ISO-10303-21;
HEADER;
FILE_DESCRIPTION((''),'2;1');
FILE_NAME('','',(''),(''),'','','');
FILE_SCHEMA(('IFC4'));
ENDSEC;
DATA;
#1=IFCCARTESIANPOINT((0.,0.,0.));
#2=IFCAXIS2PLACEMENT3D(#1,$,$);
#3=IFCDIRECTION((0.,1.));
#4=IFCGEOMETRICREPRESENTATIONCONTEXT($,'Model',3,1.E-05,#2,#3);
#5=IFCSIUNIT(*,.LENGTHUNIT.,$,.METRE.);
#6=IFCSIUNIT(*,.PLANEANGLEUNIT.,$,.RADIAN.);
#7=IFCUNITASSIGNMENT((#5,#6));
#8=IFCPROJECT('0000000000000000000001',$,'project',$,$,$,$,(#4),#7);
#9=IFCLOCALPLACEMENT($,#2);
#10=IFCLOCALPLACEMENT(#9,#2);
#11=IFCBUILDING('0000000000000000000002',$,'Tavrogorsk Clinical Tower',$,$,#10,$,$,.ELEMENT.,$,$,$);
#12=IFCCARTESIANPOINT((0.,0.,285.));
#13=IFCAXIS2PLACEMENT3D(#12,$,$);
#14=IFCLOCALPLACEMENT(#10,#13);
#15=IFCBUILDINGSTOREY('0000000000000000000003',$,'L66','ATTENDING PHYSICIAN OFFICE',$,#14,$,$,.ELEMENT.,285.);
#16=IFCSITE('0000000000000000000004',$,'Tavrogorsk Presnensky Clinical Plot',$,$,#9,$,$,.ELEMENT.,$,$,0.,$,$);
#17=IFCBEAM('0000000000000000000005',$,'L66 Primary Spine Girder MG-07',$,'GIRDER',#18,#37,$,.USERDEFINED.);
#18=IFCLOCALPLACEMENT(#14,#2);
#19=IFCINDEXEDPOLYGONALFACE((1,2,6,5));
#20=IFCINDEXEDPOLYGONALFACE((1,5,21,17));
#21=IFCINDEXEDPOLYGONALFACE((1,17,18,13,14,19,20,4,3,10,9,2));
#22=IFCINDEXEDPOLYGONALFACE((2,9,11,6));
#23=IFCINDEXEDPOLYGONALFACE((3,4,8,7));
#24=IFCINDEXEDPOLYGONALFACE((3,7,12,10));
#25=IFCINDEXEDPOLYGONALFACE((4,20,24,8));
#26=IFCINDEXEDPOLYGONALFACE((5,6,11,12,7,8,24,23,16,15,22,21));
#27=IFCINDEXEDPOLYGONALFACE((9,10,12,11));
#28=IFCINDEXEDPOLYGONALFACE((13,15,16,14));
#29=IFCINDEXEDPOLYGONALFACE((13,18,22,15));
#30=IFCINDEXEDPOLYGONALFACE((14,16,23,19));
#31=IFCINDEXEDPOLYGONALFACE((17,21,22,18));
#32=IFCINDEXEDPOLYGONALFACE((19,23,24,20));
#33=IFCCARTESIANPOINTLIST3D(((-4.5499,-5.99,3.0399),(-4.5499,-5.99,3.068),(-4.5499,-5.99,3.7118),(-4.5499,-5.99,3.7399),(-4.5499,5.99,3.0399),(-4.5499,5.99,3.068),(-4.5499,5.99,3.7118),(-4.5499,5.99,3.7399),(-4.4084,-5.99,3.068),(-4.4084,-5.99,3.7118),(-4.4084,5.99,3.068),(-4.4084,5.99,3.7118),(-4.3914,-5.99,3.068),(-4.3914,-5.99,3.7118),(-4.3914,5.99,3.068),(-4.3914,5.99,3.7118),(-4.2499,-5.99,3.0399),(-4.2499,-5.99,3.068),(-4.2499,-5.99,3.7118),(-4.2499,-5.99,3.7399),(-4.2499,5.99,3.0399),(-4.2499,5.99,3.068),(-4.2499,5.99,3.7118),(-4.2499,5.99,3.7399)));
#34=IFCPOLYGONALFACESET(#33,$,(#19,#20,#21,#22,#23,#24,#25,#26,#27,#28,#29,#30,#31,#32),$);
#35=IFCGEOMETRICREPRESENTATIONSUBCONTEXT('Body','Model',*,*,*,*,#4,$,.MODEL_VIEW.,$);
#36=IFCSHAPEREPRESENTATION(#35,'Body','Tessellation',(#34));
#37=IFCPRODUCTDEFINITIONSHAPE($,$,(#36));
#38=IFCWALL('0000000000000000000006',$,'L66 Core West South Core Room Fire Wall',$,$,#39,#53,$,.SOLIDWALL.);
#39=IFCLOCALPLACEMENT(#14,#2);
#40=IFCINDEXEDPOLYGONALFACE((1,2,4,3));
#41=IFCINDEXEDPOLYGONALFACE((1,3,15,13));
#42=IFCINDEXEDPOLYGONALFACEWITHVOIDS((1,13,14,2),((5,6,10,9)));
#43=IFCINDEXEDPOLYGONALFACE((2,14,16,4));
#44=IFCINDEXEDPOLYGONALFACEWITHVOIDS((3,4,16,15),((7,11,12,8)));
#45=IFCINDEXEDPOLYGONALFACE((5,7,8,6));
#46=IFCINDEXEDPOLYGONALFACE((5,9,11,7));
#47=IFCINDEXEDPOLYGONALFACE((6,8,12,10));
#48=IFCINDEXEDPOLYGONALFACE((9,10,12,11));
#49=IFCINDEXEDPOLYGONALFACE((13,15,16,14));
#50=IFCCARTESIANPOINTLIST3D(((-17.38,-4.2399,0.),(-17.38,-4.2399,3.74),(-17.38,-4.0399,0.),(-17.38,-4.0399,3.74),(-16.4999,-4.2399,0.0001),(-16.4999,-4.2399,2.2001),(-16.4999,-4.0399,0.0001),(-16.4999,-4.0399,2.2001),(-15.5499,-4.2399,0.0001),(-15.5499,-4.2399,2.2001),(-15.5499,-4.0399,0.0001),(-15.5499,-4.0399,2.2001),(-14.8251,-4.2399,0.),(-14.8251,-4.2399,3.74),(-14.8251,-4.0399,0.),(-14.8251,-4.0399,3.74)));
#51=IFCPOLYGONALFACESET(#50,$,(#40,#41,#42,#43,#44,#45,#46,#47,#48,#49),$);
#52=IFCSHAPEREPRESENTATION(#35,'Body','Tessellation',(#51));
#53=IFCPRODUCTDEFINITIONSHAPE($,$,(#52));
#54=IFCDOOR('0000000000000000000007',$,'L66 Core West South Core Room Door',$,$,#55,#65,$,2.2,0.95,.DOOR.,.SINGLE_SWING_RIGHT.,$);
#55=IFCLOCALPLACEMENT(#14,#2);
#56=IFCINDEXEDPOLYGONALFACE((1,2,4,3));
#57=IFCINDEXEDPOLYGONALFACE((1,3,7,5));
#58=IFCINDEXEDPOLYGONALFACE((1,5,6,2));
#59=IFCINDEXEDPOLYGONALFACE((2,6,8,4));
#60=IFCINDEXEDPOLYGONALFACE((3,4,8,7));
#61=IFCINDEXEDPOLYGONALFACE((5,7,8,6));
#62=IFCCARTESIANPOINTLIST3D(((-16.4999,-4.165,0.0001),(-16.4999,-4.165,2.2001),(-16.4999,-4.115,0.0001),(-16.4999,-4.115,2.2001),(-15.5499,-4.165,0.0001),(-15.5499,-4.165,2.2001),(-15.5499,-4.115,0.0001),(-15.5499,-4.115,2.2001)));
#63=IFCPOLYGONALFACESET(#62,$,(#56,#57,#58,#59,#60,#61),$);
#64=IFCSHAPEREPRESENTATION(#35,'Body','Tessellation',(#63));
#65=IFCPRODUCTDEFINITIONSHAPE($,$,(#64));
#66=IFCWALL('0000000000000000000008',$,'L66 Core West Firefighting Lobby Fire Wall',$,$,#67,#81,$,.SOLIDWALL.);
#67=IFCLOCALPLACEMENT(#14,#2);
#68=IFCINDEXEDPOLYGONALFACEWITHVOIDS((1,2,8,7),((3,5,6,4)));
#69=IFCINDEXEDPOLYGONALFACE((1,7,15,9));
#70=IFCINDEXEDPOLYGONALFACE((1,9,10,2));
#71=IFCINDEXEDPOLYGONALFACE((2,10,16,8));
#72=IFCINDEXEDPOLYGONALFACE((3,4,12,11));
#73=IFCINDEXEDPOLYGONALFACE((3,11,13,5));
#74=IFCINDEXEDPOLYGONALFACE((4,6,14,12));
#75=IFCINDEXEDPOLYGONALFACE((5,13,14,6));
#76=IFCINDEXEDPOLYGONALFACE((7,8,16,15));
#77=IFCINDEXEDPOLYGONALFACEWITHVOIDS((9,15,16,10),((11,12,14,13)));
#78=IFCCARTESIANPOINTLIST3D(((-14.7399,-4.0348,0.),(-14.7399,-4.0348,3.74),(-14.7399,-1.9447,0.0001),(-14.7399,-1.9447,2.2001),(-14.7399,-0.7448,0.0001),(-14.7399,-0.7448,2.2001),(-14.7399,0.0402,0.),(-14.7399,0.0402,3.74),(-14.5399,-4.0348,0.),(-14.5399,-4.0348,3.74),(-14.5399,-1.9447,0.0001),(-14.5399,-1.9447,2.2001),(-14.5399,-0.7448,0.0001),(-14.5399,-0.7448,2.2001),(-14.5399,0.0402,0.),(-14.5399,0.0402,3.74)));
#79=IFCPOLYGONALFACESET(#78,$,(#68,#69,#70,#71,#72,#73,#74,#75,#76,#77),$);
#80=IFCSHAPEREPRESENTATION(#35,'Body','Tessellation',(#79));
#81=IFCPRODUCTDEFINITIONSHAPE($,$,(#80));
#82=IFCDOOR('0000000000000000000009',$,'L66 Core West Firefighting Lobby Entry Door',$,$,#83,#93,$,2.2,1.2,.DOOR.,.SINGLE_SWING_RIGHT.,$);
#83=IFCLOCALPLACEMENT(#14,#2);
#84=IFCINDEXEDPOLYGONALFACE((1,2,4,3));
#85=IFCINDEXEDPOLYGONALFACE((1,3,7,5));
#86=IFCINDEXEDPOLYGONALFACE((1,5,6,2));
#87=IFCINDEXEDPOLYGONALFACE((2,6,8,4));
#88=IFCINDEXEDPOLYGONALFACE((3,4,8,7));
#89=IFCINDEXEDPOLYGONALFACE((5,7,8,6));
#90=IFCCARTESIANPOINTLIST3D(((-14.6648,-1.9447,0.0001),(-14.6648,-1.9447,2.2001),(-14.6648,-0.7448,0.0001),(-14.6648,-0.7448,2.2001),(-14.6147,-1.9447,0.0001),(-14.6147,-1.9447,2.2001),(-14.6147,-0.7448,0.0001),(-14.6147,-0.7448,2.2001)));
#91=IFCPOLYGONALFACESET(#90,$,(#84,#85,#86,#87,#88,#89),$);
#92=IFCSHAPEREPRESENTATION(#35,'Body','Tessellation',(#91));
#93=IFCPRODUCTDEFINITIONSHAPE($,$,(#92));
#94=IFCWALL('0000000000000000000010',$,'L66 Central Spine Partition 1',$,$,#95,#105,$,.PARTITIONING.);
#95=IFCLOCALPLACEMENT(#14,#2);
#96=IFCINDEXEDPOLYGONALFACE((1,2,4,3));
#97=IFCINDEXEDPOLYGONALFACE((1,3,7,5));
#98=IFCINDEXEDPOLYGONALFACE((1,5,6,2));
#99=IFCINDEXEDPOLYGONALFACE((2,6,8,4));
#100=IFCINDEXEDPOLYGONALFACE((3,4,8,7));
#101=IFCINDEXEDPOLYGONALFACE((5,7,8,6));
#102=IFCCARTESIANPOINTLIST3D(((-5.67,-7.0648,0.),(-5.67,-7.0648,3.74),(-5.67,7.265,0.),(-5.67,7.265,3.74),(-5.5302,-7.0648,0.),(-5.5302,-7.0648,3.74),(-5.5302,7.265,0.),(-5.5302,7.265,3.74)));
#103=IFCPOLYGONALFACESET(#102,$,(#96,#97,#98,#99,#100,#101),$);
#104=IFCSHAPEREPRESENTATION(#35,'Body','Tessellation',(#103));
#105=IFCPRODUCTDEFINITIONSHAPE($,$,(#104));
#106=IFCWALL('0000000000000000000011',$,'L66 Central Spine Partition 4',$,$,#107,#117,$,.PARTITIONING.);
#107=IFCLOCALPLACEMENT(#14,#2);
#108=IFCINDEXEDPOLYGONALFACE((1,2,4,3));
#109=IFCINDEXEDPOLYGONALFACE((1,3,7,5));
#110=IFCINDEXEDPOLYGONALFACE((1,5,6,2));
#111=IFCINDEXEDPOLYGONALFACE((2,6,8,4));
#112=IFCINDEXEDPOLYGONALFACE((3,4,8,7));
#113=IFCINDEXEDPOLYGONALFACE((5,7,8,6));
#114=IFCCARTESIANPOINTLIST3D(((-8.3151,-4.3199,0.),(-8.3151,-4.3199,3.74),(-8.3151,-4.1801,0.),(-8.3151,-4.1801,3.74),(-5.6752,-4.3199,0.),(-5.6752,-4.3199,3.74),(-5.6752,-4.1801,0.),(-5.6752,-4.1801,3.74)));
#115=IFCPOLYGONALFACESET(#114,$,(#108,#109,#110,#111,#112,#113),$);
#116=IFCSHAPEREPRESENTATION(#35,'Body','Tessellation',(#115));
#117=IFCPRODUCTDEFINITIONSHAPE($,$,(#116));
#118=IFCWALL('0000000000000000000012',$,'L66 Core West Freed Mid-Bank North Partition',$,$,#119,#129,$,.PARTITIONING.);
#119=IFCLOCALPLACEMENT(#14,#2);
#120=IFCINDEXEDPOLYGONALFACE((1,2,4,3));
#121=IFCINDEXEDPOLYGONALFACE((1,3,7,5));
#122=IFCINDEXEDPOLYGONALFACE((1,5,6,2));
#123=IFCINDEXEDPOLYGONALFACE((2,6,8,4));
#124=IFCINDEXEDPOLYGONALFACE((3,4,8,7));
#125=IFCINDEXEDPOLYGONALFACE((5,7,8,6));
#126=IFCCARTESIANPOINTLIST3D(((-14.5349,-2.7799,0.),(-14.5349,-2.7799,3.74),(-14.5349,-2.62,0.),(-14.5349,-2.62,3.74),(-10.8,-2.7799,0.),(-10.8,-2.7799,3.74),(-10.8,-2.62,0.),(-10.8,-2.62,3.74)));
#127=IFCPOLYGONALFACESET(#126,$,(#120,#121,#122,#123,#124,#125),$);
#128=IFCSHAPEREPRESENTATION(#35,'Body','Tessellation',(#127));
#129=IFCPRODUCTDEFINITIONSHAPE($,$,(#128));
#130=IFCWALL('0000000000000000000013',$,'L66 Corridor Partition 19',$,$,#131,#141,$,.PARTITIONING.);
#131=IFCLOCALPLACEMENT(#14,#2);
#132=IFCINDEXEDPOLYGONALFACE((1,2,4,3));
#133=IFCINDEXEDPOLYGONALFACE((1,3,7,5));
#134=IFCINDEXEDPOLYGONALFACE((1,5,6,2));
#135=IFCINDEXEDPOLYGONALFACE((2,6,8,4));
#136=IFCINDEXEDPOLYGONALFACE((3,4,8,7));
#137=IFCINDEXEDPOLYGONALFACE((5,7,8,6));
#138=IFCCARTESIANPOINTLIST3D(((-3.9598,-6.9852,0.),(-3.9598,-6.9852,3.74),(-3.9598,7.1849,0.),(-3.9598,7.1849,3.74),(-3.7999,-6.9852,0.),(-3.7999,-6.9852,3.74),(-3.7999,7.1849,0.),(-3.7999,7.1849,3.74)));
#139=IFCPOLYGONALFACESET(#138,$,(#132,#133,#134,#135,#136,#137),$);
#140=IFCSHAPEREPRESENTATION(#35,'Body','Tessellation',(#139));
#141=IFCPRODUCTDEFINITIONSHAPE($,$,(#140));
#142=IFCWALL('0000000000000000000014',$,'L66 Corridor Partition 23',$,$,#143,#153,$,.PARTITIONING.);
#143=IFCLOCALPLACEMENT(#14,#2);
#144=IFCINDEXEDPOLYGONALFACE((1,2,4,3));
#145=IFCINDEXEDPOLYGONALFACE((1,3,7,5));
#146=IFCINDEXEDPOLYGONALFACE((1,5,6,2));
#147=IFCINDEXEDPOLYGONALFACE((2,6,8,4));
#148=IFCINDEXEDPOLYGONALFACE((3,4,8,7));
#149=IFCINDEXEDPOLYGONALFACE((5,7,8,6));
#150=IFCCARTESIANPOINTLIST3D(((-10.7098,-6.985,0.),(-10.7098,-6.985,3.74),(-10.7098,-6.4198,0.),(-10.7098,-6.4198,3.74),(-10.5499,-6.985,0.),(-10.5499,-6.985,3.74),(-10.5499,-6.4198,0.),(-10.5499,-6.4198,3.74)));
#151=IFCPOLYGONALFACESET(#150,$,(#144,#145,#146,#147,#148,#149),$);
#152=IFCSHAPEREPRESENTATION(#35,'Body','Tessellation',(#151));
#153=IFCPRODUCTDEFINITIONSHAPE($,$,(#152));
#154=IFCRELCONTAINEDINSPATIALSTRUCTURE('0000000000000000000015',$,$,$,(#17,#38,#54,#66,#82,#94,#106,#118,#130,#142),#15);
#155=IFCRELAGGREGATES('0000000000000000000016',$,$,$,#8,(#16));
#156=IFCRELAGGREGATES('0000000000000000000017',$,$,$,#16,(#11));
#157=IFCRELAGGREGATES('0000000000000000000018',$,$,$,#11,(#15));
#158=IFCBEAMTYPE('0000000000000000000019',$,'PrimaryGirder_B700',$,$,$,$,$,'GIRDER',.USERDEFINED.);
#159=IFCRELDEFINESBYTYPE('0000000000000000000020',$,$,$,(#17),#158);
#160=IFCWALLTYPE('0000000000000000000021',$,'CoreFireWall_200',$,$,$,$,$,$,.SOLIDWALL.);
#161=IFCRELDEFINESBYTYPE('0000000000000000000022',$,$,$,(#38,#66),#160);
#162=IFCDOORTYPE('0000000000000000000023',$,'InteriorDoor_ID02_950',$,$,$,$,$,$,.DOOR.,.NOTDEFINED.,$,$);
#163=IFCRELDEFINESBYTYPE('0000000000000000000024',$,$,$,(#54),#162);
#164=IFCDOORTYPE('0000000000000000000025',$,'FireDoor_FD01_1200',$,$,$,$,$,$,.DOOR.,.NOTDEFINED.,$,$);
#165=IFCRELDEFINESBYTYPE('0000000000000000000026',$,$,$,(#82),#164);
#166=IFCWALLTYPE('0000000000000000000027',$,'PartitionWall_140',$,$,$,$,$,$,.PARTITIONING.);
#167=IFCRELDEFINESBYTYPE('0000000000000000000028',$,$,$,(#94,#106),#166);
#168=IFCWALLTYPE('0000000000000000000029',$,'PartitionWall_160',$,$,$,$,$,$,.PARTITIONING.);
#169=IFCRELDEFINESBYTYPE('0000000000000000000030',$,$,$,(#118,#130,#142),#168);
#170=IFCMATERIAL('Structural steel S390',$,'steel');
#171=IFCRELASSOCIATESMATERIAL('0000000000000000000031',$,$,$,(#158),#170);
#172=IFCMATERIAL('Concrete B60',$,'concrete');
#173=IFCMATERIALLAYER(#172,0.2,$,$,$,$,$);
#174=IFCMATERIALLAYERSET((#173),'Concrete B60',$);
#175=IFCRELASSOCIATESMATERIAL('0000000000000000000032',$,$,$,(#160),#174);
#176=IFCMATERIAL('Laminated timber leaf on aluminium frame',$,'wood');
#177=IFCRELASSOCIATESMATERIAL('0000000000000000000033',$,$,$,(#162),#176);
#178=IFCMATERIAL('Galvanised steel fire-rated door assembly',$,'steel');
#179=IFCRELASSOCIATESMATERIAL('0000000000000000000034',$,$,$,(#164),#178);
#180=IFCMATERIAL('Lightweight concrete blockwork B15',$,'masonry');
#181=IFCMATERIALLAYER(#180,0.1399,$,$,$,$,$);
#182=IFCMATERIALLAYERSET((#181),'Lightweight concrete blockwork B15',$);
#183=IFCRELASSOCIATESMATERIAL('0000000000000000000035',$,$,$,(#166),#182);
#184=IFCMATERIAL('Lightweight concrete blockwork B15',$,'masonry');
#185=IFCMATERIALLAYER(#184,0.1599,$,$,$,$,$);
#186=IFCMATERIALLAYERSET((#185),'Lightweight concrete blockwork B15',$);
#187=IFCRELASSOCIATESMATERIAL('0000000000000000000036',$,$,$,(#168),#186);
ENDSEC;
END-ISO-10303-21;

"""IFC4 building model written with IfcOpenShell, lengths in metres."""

from ifc_helpers import new_model, si_unit, direction, frame, frame_2d, origin, origin_2d, place, context, subcontext, project, spatial, rectangle, i_section, extrude, material, layer, layer_set, material_profile, profile_set, type_object, element, fill, save


model = new_model("IFC4")

# Units and contexts
model_context = context("Model", 3, precision=1e-05, world=origin(), true_north=direction((0.0, 1.0)))
body_context = subcontext(model_context, "Body", "Model", "MODEL_VIEW")
ifc_project = project(units=[si_unit("LENGTHUNIT", "METRE"), si_unit("PLANEANGLEUNIT", "RADIAN")], contexts=[model_context])

# Site, building, storey
site_placement = place(None, origin())
site = spatial("IfcSite", under=ifc_project, at=site_placement, Name="Tavrogorsk Presnensky Clinical Plot", CompositionType="ELEMENT", RefElevation=0.0)
building_placement = place(site_placement, origin())
building = spatial("IfcBuilding", under=site, at=building_placement, Name="Tavrogorsk Clinical Tower", CompositionType="ELEMENT")
storey_placement = place(building_placement, frame((0.0, 0.0, 285.0)))
storey = spatial("IfcBuildingStorey", under=building, at=storey_placement, Name="L66", Description="ATTENDING PHYSICIAN OFFICE", CompositionType="ELEMENT", Elevation=285.0)

# Beam
ifc_material_1 = material(Name="Structural steel S390", Category="steel")
ifc_material_profile_1 = material_profile(ifc_material_1, i_section(OverallWidth=0.3, OverallDepth=0.7, WebThickness=0.0171, FlangeThickness=0.0281, at=origin_2d()), Name="B-700x300x17x28")
ifc_profile_set_1 = profile_set([ifc_material_profile_1], Name="Structural steel S390")
beam_type_1 = type_object("IfcBeamType", Name="PrimaryGirder_B700", ElementType="GIRDER", PredefinedType="USERDEFINED", material=ifc_profile_set_1)
beam_1_placement = place(storey_placement, frame((-4.3999, -5.99, 3.3899), z_axis=(0.0, 1.0, 0.0), x_axis=(-1.0, 0.0, 0.0)))
element("IfcBeam", 1, at=beam_1_placement, inside=storey, type_object=beam_type_1, Name="L66 Primary Spine Girder MG-07", ObjectType="GIRDER", PredefinedType="USERDEFINED", context=body_context, shape_type="SweptSolid", body=[
    extrude(i_section(OverallWidth=0.3, OverallDepth=0.7, WebThickness=0.0171, FlangeThickness=0.0281, at=origin_2d()), origin(), (0.0, 0.0, 1.0), 11.98),
])

# Walls, openings, doors
ifc_material_2 = material(Name="Concrete B60", Category="concrete")
ifc_layer_1 = layer(ifc_material_2, 0.2)
ifc_layer_set_1 = layer_set([ifc_layer_1], Name="Concrete B60")
wall_type_1 = type_object("IfcWallType", Name="CoreFireWall_200", PredefinedType="SOLIDWALL", material=ifc_layer_set_1)
wall_1_placement = place(storey_placement, frame((-17.3799, -4.1399, 0.0), z_axis=(0.0, 0.0, 1.0), x_axis=(1.0, 0.0, 0.0)))
wall_1 = element("IfcWall", 2, at=wall_1_placement, inside=storey, type_object=wall_type_1, Name="L66 Core West South Core Room Fire Wall", PredefinedType="SOLIDWALL", context=body_context, shape_type="SweptSolid", body=[
    extrude(rectangle(XDim=2.5549, YDim=0.2, at=frame_2d((1.2773, 0.0))), origin(), (0.0, 0.0, 1.0), 3.74),
])
opening_1_placement = place(wall_1_placement, frame((0.8799, 0.0, 0.0)))
opening_1 = element("IfcOpeningElement", 3, at=opening_1_placement, cuts=wall_1, PredefinedType="OPENING", context=body_context, shape_type="SweptSolid", body=[
    extrude(rectangle(XDim=0.95, YDim=2.2, at=frame_2d((0.4751, 1.1001))), frame((0.0, 0.1099, 0.0), z_axis=(0.0, -1.0, 0.0), x_axis=(1.0, 0.0, 0.0)), (0.0, 0.0, 1.0), 0.22),
])
ifc_material_3 = material(Name="Laminated timber leaf on aluminium frame", Category="wood")
door_type_1 = type_object("IfcDoorType", Name="InteriorDoor_ID02_950", OperationType="NOTDEFINED", PredefinedType="DOOR", material=ifc_material_3)
door_1_placement = place(opening_1_placement, origin())
door_1 = element("IfcDoor", 4, at=door_1_placement, inside=storey, type_object=door_type_1, Name="L66 Core West South Core Room Door", OperationType="SINGLE_SWING_RIGHT", OverallHeight=2.2, OverallWidth=0.95, PredefinedType="DOOR", context=body_context, shape_type="SweptSolid", body=[
    extrude(rectangle(XDim=0.95, YDim=2.2, at=frame_2d((0.4751, 1.1001))), frame((0.0, 0.0249, 0.0), z_axis=(0.0, -1.0, 0.0), x_axis=(1.0, 0.0, 0.0)), (0.0, 0.0, 1.0), 0.05),
])
fill(opening_1, door_1)
wall_2_placement = place(storey_placement, frame((-14.6399, -4.0349, 0.0), z_axis=(0.0, 0.0, 1.0), x_axis=(0.0, 1.0, 0.0)))
wall_2 = element("IfcWall", 5, at=wall_2_placement, inside=storey, type_object=wall_type_1, Name="L66 Core West Firefighting Lobby Fire Wall", PredefinedType="SOLIDWALL", context=body_context, shape_type="SweptSolid", body=[
    extrude(rectangle(XDim=4.075, YDim=0.2, at=frame_2d((2.0376, 0.0))), origin(), (0.0, 0.0, 1.0), 3.74),
])
opening_2_placement = place(wall_2_placement, frame((2.0901, 0.0, 0.0)))
opening_2 = element("IfcOpeningElement", 6, at=opening_2_placement, cuts=wall_2, PredefinedType="OPENING", context=body_context, shape_type="SweptSolid", body=[
    extrude(rectangle(XDim=1.2, YDim=2.2, at=frame_2d((0.6001, 1.1001))), frame((0.0, 0.1099, 0.0), z_axis=(0.0, -1.0, 0.0), x_axis=(1.0, 0.0, 0.0)), (0.0, 0.0, 1.0), 0.22),
])
ifc_material_4 = material(Name="Galvanised steel fire-rated door assembly", Category="steel")
door_type_2 = type_object("IfcDoorType", Name="FireDoor_FD01_1200", OperationType="NOTDEFINED", PredefinedType="DOOR", material=ifc_material_4)
door_2_placement = place(opening_2_placement, origin())
door_2 = element("IfcDoor", 7, at=door_2_placement, inside=storey, type_object=door_type_2, Name="L66 Core West Firefighting Lobby Entry Door", OperationType="SINGLE_SWING_RIGHT", OverallHeight=2.2, OverallWidth=1.2, PredefinedType="DOOR", context=body_context, shape_type="SweptSolid", body=[
    extrude(rectangle(XDim=1.2, YDim=2.2, at=frame_2d((0.6001, 1.1001))), frame((0.0, 0.0249, 0.0), z_axis=(0.0, -1.0, 0.0), x_axis=(1.0, 0.0, 0.0)), (0.0, 0.0, 1.0), 0.05),
])
fill(opening_2, door_2)

# Walls
ifc_material_5 = material(Name="Lightweight concrete blockwork B15", Category="masonry")
ifc_layer_2 = layer(ifc_material_5, 0.1399)
ifc_layer_set_2 = layer_set([ifc_layer_2], Name="Lightweight concrete blockwork B15")
wall_type_2 = type_object("IfcWallType", Name="PartitionWall_140", PredefinedType="PARTITIONING", material=ifc_layer_set_2)
wall_3_placement = place(storey_placement, frame((-5.6001, -7.0649, 0.0), z_axis=(0.0, 0.0, 1.0), x_axis=(0.0, 1.0, 0.0)))
element("IfcWall", 8, at=wall_3_placement, inside=storey, type_object=wall_type_2, Name="L66 Central Spine Partition 1", PredefinedType="PARTITIONING", context=body_context, shape_type="SweptSolid", body=[
    extrude(rectangle(XDim=14.3298, YDim=0.1399, at=frame_2d((7.165, 0.0))), origin(), (0.0, 0.0, 1.0), 3.74),
])
wall_4_placement = place(storey_placement, frame((-8.3149, -4.25, 0.0), z_axis=(0.0, 0.0, 1.0), x_axis=(1.0, 0.0, 0.0)))
element("IfcWall", 9, at=wall_4_placement, inside=storey, type_object=wall_type_2, Name="L66 Central Spine Partition 4", PredefinedType="PARTITIONING", context=body_context, shape_type="SweptSolid", body=[
    extrude(rectangle(XDim=2.6399, YDim=0.1399, at=frame_2d((1.3198, 0.0))), origin(), (0.0, 0.0, 1.0), 3.74),
])
ifc_material_6 = material(Name="Lightweight concrete blockwork B15", Category="masonry")
ifc_layer_3 = layer(ifc_material_6, 0.1599)
ifc_layer_set_3 = layer_set([ifc_layer_3], Name="Lightweight concrete blockwork B15")
wall_type_3 = type_object("IfcWallType", Name="PartitionWall_160", PredefinedType="PARTITIONING", material=ifc_layer_set_3)
wall_5_placement = place(storey_placement, frame((-14.5349, -2.7, 0.0), z_axis=(0.0, 0.0, 1.0), x_axis=(1.0, 0.0, 0.0)))
element("IfcWall", 10, at=wall_5_placement, inside=storey, type_object=wall_type_3, Name="L66 Core West Freed Mid-Bank North Partition", PredefinedType="PARTITIONING", context=body_context, shape_type="SweptSolid", body=[
    extrude(rectangle(XDim=3.7349, YDim=0.1599, at=frame_2d((1.8674, 0.0))), origin(), (0.0, 0.0, 1.0), 3.74),
])
wall_6_placement = place(storey_placement, frame((-3.8799, -6.9851, 0.0), z_axis=(0.0, 0.0, 1.0), x_axis=(0.0, 1.0, 0.0)))
element("IfcWall", 11, at=wall_6_placement, inside=storey, type_object=wall_type_3, Name="L66 Corridor Partition 19", PredefinedType="PARTITIONING", context=body_context, shape_type="SweptSolid", body=[
    extrude(rectangle(XDim=14.1702, YDim=0.1599, at=frame_2d((7.085, 0.0))), origin(), (0.0, 0.0, 1.0), 3.74),
])
wall_7_placement = place(storey_placement, frame((-10.6299, -6.9851, 0.0), z_axis=(0.0, 0.0, 1.0), x_axis=(0.0, 1.0, 0.0)))
element("IfcWall", 12, at=wall_7_placement, inside=storey, type_object=wall_type_3, Name="L66 Corridor Partition 23", PredefinedType="PARTITIONING", context=body_context, shape_type="SweptSolid", body=[
    extrude(rectangle(XDim=0.5652, YDim=0.1599, at=frame_2d((0.2827, 0.0))), origin(), (0.0, 0.0, 1.0), 3.74),
])

save(model, "model.ifc")
